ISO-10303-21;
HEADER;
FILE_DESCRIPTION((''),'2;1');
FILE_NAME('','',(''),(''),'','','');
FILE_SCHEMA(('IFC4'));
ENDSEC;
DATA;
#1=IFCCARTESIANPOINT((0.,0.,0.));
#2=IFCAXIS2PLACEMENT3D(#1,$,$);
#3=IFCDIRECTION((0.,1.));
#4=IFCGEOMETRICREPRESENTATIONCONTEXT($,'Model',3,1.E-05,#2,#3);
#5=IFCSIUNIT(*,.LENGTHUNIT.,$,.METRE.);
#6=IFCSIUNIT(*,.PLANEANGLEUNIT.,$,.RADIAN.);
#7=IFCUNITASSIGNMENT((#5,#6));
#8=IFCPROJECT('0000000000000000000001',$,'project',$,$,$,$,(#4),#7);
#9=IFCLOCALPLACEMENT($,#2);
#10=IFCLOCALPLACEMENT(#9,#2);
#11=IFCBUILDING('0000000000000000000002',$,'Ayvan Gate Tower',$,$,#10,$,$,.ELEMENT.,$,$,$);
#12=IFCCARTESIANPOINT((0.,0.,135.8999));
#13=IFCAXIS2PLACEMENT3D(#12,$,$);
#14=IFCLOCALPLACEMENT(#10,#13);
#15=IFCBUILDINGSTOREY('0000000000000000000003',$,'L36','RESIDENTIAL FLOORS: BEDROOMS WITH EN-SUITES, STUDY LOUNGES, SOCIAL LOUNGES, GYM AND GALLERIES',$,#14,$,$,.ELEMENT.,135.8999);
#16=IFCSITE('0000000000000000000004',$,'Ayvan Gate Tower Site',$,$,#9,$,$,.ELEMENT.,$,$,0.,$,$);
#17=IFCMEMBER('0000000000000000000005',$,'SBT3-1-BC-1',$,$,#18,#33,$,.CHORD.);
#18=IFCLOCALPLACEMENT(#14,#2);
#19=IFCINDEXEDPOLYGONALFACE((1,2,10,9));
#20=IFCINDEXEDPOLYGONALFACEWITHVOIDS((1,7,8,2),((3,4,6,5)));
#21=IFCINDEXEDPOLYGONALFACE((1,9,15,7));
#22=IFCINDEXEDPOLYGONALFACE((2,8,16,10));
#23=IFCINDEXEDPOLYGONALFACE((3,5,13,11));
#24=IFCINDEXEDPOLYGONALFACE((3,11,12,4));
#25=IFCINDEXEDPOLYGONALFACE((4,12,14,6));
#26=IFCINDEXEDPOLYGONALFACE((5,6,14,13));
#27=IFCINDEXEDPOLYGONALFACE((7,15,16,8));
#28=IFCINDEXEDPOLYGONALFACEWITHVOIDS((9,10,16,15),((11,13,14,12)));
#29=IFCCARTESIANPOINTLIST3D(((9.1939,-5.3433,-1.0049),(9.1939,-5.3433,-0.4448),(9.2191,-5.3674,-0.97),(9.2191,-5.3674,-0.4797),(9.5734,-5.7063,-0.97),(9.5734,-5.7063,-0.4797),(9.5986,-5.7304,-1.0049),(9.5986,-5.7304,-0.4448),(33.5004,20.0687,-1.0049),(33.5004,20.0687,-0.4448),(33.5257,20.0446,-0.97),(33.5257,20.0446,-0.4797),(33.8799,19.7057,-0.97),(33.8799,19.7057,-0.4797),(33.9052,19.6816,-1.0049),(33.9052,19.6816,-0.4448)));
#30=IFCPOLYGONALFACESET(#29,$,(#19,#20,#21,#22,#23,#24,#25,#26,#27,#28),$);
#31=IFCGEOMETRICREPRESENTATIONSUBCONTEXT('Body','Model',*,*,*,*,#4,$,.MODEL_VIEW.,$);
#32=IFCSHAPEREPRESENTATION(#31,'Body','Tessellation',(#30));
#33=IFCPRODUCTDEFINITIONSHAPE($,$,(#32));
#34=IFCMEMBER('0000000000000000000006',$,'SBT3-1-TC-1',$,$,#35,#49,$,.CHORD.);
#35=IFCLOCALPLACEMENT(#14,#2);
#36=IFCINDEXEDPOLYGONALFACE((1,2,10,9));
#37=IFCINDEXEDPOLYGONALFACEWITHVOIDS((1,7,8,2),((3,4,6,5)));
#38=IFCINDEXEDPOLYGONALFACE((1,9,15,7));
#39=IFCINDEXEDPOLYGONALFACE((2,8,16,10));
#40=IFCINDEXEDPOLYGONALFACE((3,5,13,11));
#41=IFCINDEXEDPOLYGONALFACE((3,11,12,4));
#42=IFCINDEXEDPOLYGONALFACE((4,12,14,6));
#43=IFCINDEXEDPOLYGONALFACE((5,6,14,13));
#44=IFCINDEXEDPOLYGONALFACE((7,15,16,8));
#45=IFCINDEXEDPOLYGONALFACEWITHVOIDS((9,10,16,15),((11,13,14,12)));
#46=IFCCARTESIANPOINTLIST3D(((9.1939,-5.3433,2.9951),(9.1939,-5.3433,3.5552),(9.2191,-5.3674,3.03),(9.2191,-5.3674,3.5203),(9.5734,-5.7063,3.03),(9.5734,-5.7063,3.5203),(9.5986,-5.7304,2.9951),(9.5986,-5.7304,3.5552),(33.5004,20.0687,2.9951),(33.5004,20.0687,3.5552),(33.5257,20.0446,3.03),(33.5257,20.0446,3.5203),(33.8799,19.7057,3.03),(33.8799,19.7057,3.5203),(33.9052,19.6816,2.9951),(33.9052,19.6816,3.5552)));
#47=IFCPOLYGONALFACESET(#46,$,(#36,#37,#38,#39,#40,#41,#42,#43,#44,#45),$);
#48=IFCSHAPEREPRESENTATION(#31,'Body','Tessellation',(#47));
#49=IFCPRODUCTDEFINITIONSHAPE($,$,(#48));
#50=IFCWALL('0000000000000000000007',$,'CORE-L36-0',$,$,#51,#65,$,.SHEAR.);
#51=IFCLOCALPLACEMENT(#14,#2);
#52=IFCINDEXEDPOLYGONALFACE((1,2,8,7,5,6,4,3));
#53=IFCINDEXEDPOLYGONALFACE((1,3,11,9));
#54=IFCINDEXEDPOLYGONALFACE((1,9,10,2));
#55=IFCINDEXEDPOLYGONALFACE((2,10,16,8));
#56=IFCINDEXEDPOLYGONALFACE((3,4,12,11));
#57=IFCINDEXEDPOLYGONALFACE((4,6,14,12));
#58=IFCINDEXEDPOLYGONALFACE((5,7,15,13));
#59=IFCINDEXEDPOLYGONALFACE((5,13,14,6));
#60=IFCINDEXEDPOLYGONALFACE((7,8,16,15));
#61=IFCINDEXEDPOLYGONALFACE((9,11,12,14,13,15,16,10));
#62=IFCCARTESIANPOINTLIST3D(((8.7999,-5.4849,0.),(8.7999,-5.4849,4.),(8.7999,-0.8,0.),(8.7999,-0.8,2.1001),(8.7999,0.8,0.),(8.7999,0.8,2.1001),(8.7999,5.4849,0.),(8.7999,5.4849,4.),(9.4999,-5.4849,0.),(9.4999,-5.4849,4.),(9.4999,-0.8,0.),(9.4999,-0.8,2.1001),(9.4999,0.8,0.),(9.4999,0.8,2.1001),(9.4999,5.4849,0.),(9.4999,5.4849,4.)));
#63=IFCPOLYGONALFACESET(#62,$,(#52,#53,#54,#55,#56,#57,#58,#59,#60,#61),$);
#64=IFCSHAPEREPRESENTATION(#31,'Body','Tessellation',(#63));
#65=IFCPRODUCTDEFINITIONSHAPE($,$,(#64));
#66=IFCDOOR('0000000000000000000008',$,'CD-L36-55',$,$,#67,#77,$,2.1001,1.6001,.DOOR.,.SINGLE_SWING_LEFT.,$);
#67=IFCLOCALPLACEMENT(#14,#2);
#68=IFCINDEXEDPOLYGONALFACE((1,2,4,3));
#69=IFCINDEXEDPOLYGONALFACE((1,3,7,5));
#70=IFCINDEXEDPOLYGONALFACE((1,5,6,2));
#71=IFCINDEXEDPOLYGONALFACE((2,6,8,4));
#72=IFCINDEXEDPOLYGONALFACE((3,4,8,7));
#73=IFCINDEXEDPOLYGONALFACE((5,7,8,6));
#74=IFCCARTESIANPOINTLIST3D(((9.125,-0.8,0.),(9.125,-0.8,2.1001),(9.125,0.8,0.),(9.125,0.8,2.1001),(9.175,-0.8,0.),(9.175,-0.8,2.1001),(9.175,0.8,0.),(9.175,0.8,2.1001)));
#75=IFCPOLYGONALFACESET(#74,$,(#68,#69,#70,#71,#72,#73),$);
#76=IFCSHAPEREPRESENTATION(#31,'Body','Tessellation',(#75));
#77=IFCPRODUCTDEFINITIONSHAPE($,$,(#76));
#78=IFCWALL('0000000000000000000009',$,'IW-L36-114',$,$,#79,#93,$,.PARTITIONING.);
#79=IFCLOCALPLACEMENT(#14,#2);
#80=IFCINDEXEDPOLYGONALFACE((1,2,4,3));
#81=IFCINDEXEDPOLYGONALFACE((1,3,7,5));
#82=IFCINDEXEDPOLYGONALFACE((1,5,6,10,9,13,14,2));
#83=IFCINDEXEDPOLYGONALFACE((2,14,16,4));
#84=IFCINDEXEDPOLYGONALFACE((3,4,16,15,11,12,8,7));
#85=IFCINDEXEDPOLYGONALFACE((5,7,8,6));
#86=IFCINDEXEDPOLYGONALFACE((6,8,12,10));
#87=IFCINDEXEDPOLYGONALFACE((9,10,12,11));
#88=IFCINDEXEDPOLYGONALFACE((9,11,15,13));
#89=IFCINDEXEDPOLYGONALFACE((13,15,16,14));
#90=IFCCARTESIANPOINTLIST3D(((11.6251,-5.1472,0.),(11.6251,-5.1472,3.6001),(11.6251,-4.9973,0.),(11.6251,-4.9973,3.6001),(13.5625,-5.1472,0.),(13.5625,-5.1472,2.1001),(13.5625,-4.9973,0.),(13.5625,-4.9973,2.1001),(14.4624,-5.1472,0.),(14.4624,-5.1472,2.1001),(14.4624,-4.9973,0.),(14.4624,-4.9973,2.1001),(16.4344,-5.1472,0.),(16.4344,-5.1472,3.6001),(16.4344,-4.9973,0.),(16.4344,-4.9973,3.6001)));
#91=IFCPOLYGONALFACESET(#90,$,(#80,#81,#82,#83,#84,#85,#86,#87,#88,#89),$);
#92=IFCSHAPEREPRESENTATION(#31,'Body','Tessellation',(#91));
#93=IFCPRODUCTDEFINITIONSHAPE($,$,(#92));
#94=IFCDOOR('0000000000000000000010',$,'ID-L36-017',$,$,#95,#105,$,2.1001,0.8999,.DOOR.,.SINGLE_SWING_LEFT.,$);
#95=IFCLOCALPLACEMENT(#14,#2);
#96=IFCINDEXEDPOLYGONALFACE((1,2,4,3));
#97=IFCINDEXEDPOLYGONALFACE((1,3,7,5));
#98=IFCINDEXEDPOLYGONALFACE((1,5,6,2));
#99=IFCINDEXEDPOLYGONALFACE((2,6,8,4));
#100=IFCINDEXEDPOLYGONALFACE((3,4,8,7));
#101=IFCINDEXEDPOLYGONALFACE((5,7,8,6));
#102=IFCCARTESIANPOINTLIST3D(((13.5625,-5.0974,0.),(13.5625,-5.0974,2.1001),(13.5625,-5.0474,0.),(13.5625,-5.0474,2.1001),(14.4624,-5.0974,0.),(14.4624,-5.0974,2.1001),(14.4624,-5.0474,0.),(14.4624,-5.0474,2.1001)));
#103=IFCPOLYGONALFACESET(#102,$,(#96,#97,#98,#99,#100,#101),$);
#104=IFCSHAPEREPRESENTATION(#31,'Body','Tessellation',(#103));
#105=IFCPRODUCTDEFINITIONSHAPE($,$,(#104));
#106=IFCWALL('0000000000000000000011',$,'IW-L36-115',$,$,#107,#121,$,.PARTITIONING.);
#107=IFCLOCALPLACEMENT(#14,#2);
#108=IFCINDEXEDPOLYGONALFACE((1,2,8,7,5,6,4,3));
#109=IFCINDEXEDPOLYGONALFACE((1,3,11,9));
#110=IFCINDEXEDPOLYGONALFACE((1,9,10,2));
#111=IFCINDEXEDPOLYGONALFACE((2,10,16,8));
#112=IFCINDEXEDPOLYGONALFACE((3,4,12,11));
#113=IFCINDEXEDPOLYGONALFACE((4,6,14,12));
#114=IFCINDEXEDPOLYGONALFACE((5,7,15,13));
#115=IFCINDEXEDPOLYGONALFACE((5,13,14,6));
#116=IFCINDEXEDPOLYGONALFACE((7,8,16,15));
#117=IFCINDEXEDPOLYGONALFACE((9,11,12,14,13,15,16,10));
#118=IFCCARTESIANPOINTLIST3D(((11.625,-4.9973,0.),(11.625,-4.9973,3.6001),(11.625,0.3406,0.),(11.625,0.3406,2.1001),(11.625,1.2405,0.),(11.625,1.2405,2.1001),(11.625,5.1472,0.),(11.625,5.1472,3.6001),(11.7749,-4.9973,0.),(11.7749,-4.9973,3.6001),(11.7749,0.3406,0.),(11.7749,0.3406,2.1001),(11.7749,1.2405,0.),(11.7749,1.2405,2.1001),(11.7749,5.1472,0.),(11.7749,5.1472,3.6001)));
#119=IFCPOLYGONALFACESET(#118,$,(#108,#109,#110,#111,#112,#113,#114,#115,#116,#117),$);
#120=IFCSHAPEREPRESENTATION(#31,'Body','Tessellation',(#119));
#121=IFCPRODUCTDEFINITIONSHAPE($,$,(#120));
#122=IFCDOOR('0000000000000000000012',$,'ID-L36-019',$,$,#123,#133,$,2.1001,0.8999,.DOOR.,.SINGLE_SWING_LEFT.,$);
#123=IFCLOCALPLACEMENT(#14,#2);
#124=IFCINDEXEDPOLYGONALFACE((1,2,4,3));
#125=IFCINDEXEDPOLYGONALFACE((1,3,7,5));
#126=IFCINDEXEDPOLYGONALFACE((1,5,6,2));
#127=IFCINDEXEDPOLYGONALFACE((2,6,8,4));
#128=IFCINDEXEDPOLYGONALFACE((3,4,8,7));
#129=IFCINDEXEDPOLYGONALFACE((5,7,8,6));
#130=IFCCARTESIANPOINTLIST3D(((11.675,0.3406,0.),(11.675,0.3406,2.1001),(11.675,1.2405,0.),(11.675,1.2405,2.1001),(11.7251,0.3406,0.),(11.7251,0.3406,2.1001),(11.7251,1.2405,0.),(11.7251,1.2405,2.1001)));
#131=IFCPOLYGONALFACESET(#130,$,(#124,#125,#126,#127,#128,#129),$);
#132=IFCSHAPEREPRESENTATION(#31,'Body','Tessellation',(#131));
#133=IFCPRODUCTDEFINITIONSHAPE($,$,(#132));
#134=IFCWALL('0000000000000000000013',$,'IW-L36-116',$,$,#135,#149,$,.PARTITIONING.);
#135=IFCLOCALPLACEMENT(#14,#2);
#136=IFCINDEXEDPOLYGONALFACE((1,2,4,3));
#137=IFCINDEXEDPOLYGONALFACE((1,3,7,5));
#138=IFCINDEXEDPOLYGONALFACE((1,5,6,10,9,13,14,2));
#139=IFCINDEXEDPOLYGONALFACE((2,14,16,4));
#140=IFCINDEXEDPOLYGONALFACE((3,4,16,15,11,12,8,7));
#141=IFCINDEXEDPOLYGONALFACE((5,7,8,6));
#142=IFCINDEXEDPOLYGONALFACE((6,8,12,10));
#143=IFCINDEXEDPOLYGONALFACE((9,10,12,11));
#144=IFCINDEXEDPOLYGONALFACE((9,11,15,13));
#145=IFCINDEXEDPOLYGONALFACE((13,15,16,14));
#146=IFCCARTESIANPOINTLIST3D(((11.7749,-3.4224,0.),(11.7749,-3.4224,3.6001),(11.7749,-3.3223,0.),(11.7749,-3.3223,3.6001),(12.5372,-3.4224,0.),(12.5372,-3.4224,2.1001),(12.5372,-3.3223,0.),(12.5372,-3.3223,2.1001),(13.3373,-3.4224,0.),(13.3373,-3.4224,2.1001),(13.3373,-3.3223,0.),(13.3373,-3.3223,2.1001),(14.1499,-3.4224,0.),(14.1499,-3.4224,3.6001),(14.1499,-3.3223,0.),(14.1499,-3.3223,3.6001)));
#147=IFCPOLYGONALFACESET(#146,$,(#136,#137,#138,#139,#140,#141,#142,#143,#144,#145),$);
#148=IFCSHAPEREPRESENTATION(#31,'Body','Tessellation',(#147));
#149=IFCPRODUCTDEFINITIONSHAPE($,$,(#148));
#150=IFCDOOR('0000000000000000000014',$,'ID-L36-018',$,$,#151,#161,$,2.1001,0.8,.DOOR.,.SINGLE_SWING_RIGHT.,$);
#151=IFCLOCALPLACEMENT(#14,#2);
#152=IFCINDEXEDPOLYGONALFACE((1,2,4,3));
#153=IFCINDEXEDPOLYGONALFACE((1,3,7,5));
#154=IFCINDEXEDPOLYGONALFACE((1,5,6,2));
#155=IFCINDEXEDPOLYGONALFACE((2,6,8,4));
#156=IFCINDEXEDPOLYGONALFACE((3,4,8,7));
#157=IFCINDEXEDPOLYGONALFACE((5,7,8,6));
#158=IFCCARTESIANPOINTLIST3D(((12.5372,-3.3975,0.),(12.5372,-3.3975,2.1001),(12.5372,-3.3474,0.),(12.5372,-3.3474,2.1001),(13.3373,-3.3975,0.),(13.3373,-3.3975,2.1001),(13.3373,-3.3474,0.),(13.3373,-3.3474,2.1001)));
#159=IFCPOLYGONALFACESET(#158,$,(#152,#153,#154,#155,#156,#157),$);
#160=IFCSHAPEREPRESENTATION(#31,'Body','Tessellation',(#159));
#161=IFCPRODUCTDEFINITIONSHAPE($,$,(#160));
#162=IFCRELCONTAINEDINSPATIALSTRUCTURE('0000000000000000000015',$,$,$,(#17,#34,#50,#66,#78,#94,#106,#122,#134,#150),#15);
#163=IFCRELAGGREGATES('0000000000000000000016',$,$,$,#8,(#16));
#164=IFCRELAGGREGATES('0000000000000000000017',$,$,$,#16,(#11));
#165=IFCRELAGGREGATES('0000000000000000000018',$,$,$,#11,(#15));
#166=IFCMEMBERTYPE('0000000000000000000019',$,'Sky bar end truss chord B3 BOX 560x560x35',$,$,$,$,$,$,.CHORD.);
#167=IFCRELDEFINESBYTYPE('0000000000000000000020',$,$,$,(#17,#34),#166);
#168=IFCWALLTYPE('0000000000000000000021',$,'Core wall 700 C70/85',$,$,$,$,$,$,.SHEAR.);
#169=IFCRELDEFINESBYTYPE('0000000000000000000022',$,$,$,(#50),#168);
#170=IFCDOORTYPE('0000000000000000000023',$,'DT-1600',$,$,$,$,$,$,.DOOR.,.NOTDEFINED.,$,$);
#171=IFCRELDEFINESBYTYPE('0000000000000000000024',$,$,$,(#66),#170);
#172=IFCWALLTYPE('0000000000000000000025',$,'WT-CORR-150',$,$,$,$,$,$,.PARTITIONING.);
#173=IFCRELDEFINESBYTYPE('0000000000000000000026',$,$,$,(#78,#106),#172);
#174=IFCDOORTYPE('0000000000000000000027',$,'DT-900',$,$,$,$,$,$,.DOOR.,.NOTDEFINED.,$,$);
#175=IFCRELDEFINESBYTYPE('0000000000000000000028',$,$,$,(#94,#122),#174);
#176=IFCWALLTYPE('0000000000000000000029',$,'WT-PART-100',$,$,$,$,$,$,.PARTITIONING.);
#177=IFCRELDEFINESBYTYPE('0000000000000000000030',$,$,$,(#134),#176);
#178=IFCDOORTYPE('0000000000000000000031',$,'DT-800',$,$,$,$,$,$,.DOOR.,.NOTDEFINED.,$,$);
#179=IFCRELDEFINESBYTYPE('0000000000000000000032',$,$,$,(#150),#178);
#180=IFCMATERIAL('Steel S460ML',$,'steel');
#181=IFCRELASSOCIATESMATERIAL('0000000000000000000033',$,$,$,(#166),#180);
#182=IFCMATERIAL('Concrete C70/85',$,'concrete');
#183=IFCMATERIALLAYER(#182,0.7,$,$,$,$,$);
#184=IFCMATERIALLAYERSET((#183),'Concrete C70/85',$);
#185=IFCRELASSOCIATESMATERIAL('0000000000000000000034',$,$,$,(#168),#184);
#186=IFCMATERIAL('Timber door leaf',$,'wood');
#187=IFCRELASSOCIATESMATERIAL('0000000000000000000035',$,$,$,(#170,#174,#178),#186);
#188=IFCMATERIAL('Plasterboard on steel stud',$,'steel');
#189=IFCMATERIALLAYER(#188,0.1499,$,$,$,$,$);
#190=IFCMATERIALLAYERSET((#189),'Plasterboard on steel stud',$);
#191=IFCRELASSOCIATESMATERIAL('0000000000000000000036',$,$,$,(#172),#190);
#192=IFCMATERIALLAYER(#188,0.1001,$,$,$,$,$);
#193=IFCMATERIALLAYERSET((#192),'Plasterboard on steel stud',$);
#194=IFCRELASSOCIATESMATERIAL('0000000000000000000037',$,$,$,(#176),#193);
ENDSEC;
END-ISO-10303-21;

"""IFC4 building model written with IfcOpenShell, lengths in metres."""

from ifc_helpers import new_model, si_unit, direction, frame, frame_2d, origin, origin_2d, place, context, subcontext, project, spatial, rectangle, hollow_rectangle, extrude, material, layer, layer_set, material_profile, profile_set, type_object, element, fill, save


model = new_model("IFC4")

# Units and contexts
model_context = context("Model", 3, precision=1e-05, world=origin(), true_north=direction((0.0, 1.0)))
body_context = subcontext(model_context, "Body", "Model", "MODEL_VIEW")
ifc_project = project(units=[si_unit("LENGTHUNIT", "METRE"), si_unit("PLANEANGLEUNIT", "RADIAN")], contexts=[model_context])

# Site, building, storey
site_placement = place(None, origin())
site = spatial("IfcSite", under=ifc_project, at=site_placement, Name="Ayvan Gate Tower Site", CompositionType="ELEMENT", RefElevation=0.0)
building_placement = place(site_placement, origin())
building = spatial("IfcBuilding", under=site, at=building_placement, Name="Ayvan Gate Tower", CompositionType="ELEMENT")
storey_placement = place(building_placement, frame((0.0, 0.0, 135.8999)))
storey = spatial("IfcBuildingStorey", under=building, at=storey_placement, Name="L36", Description="RESIDENTIAL FLOORS: BEDROOMS WITH EN-SUITES, STUDY LOUNGES, SOCIAL LOUNGES, GYM AND GALLERIES", CompositionType="ELEMENT", Elevation=135.8999)

# Members
ifc_material_1 = material(Name="Steel S460ML", Category="steel")
ifc_material_profile = material_profile(ifc_material_1, hollow_rectangle(XDim=0.5601, YDim=0.5601, WallThickness=0.0349, at=origin_2d()), Name="BOX 560x560x35")
ifc_profile_set = profile_set([ifc_material_profile], Name="Steel S460ML")
member_type = type_object("IfcMemberType", Name="Sky bar end truss chord B3 BOX 560x560x35", PredefinedType="CHORD", material=ifc_profile_set)
for number, where, z_axis, x_axis, name in (
    (1, (9.3962, -5.5369, -0.7249), (0.691214, 0.72265, 0.0), (-0.72265, 0.691214, 0.0), "SBT3-1-BC-1"),
    (2, (9.3962, -5.5369, 3.2751), (0.691214, 0.72265, 0.0), (-0.72265, 0.691214, 0.0), "SBT3-1-TC-1"),
):
    element("IfcMember", number, at=place(storey_placement, frame(where, z_axis=z_axis, x_axis=x_axis)), inside=storey, type_object=member_type, Name=name, PredefinedType="CHORD", context=body_context, shape_type="SweptSolid", body=[
        extrude(hollow_rectangle(XDim=0.5601, YDim=0.5601, WallThickness=0.0349, at=origin_2d()), origin(), (0.0, 0.0, 1.0), 35.165),
    ])

# Walls, openings, doors
ifc_material_2 = material(Name="Concrete C70/85", Category="concrete")
ifc_layer_1 = layer(ifc_material_2, 0.7)
ifc_layer_set_1 = layer_set([ifc_layer_1], Name="Concrete C70/85")
wall_type_1 = type_object("IfcWallType", Name="Core wall 700 C70/85", PredefinedType="SHEAR", material=ifc_layer_set_1)
wall_1_placement = place(storey_placement, frame((9.1499, -5.4849, 0.0), z_axis=(0.0, 0.0, 1.0), x_axis=(0.0, 1.0, 0.0)))
wall_1 = element("IfcWall", 3, at=wall_1_placement, inside=storey, type_object=wall_type_1, Name="CORE-L36-0", PredefinedType="SHEAR", context=body_context, shape_type="SweptSolid", body=[
    extrude(rectangle(XDim=10.9697, YDim=0.7, at=frame_2d((5.4849, 0.0))), origin(), (0.0, 0.0, 1.0), 4.0),
])
opening_1_placement = place(wall_1_placement, frame((4.6848, 0.0, 0.0)))
opening_1 = element("IfcOpeningElement", 4, at=opening_1_placement, cuts=wall_1, PredefinedType="OPENING", context=body_context, shape_type="SweptSolid", body=[
    extrude(rectangle(XDim=1.6001, YDim=2.1001, at=frame_2d((0.8, 1.05))), frame((0.0, 0.3599, 0.0), z_axis=(0.0, -1.0, 0.0), x_axis=(1.0, 0.0, 0.0)), (0.0, 0.0, 1.0), 0.72),
])
ifc_material_3 = material(Name="Timber door leaf", Category="wood")
door_type_1 = type_object("IfcDoorType", Name="DT-1600", OperationType="NOTDEFINED", PredefinedType="DOOR", material=ifc_material_3)
door_1_placement = place(opening_1_placement, origin())
door_1 = element("IfcDoor", 5, at=door_1_placement, inside=storey, type_object=door_type_1, Name="CD-L36-55", OperationType="SINGLE_SWING_LEFT", OverallHeight=2.1001, OverallWidth=1.6001, PredefinedType="DOOR", context=body_context, shape_type="SweptSolid", body=[
    extrude(rectangle(XDim=1.6001, YDim=2.1001, at=frame_2d((0.8, 1.05))), frame((0.0, 0.0249, 0.0), z_axis=(0.0, -1.0, 0.0), x_axis=(1.0, 0.0, 0.0)), (0.0, 0.0, 1.0), 0.05),
])
fill(opening_1, door_1)
ifc_material_4 = material(Name="Plasterboard on steel stud", Category="steel")
ifc_layer_2 = layer(ifc_material_4, 0.1499)
ifc_layer_set_2 = layer_set([ifc_layer_2], Name="Plasterboard on steel stud")
wall_type_2 = type_object("IfcWallType", Name="WT-CORR-150", PredefinedType="PARTITIONING", material=ifc_layer_set_2)
wall_2_placement = place(storey_placement, frame((11.625, -5.0723, 0.0), z_axis=(0.0, 0.0, 1.0), x_axis=(1.0, 0.0, 0.0)))
wall_2 = element("IfcWall", 6, at=wall_2_placement, inside=storey, type_object=wall_type_2, Name="IW-L36-114", PredefinedType="PARTITIONING", context=body_context, shape_type="SweptSolid", body=[
    extrude(rectangle(XDim=4.8093, YDim=0.1499, at=frame_2d((2.4048, 0.0))), origin(), (0.0, 0.0, 1.0), 3.6001),
])
opening_2_placement = place(wall_2_placement, frame((1.9375, 0.0, 0.0)))
opening_2 = element("IfcOpeningElement", 7, at=opening_2_placement, cuts=wall_2, PredefinedType="OPENING", context=body_context, shape_type="SweptSolid", body=[
    extrude(rectangle(XDim=0.8999, YDim=2.1001, at=frame_2d((0.45, 1.05))), frame((0.0, 0.085, 0.0), z_axis=(0.0, -1.0, 0.0), x_axis=(1.0, 0.0, 0.0)), (0.0, 0.0, 1.0), 0.1699),
])
door_type_2 = type_object("IfcDoorType", Name="DT-900", OperationType="NOTDEFINED", PredefinedType="DOOR", material=ifc_material_3)
door_2_placement = place(opening_2_placement, origin())
door_2 = element("IfcDoor", 8, at=door_2_placement, inside=storey, type_object=door_type_2, Name="ID-L36-017", OperationType="SINGLE_SWING_LEFT", OverallHeight=2.1001, OverallWidth=0.8999, PredefinedType="DOOR", context=body_context, shape_type="SweptSolid", body=[
    extrude(rectangle(XDim=0.8999, YDim=2.1001, at=frame_2d((0.45, 1.05))), frame((0.0, 0.0249, 0.0), z_axis=(0.0, -1.0, 0.0), x_axis=(1.0, 0.0, 0.0)), (0.0, 0.0, 1.0), 0.05),
])
fill(opening_2, door_2)
wall_3_placement = place(storey_placement, frame((11.7, -4.9973, 0.0), z_axis=(0.0, 0.0, 1.0), x_axis=(0.0, 1.0, 0.0)))
wall_3 = element("IfcWall", 9, at=wall_3_placement, inside=storey, type_object=wall_type_2, Name="IW-L36-115", PredefinedType="PARTITIONING", context=body_context, shape_type="SweptSolid", body=[
    extrude(rectangle(XDim=10.1445, YDim=0.1499, at=frame_2d((5.0723, 0.0))), origin(), (0.0, 0.0, 1.0), 3.6001),
])
opening_3_placement = place(wall_3_placement, frame((5.3379, 0.0, 0.0)))
opening_3 = element("IfcOpeningElement", 10, at=opening_3_placement, cuts=wall_3, PredefinedType="OPENING", context=body_context, shape_type="SweptSolid", body=[
    extrude(rectangle(XDim=0.8999, YDim=2.1001, at=frame_2d((0.45, 1.05))), frame((0.0, 0.085, 0.0), z_axis=(0.0, -1.0, 0.0), x_axis=(1.0, 0.0, 0.0)), (0.0, 0.0, 1.0), 0.1699),
])
door_3_placement = place(opening_3_placement, origin())
door_3 = element("IfcDoor", 11, at=door_3_placement, inside=storey, type_object=door_type_2, Name="ID-L36-019", OperationType="SINGLE_SWING_LEFT", OverallHeight=2.1001, OverallWidth=0.8999, PredefinedType="DOOR", context=body_context, shape_type="SweptSolid", body=[
    extrude(rectangle(XDim=0.8999, YDim=2.1001, at=frame_2d((0.45, 1.05))), frame((0.0, 0.0249, 0.0), z_axis=(0.0, -1.0, 0.0), x_axis=(1.0, 0.0, 0.0)), (0.0, 0.0, 1.0), 0.05),
])
fill(opening_3, door_3)
ifc_layer_3 = layer(ifc_material_4, 0.1001)
ifc_layer_set_3 = layer_set([ifc_layer_3], Name="Plasterboard on steel stud")
wall_type_3 = type_object("IfcWallType", Name="WT-PART-100", PredefinedType="PARTITIONING", material=ifc_layer_set_3)
wall_4_placement = place(storey_placement, frame((11.7749, -3.3723, 0.0), z_axis=(0.0, 0.0, 1.0), x_axis=(1.0, 0.0, 0.0)))
wall_4 = element("IfcWall", 12, at=wall_4_placement, inside=storey, type_object=wall_type_3, Name="IW-L36-116", PredefinedType="PARTITIONING", context=body_context, shape_type="SweptSolid", body=[
    extrude(rectangle(XDim=2.375, YDim=0.1001, at=frame_2d((1.1875, 0.0))), origin(), (0.0, 0.0, 1.0), 3.6001),
])
opening_4_placement = place(wall_4_placement, frame((0.7625, 0.0, 0.0)))
opening_4 = element("IfcOpeningElement", 13, at=opening_4_placement, cuts=wall_4, PredefinedType="OPENING", context=body_context, shape_type="SweptSolid", body=[
    extrude(rectangle(XDim=0.8, YDim=2.1001, at=frame_2d((0.3999, 1.05))), frame((0.0, 0.0601, 0.0), z_axis=(0.0, -1.0, 0.0), x_axis=(1.0, 0.0, 0.0)), (0.0, 0.0, 1.0), 0.1201),
])
door_type_3 = type_object("IfcDoorType", Name="DT-800", OperationType="NOTDEFINED", PredefinedType="DOOR", material=ifc_material_3)
door_4_placement = place(opening_4_placement, origin())
door_4 = element("IfcDoor", 14, at=door_4_placement, inside=storey, type_object=door_type_3, Name="ID-L36-018", OperationType="SINGLE_SWING_RIGHT", OverallHeight=2.1001, OverallWidth=0.8, PredefinedType="DOOR", context=body_context, shape_type="SweptSolid", body=[
    extrude(rectangle(XDim=0.8, YDim=2.1001, at=frame_2d((0.3999, 1.05))), frame((0.0, 0.0249, 0.0), z_axis=(0.0, -1.0, 0.0), x_axis=(1.0, 0.0, 0.0)), (0.0, 0.0, 1.0), 0.05),
])
fill(opening_4, door_4)

save(model, "model.ifc")
